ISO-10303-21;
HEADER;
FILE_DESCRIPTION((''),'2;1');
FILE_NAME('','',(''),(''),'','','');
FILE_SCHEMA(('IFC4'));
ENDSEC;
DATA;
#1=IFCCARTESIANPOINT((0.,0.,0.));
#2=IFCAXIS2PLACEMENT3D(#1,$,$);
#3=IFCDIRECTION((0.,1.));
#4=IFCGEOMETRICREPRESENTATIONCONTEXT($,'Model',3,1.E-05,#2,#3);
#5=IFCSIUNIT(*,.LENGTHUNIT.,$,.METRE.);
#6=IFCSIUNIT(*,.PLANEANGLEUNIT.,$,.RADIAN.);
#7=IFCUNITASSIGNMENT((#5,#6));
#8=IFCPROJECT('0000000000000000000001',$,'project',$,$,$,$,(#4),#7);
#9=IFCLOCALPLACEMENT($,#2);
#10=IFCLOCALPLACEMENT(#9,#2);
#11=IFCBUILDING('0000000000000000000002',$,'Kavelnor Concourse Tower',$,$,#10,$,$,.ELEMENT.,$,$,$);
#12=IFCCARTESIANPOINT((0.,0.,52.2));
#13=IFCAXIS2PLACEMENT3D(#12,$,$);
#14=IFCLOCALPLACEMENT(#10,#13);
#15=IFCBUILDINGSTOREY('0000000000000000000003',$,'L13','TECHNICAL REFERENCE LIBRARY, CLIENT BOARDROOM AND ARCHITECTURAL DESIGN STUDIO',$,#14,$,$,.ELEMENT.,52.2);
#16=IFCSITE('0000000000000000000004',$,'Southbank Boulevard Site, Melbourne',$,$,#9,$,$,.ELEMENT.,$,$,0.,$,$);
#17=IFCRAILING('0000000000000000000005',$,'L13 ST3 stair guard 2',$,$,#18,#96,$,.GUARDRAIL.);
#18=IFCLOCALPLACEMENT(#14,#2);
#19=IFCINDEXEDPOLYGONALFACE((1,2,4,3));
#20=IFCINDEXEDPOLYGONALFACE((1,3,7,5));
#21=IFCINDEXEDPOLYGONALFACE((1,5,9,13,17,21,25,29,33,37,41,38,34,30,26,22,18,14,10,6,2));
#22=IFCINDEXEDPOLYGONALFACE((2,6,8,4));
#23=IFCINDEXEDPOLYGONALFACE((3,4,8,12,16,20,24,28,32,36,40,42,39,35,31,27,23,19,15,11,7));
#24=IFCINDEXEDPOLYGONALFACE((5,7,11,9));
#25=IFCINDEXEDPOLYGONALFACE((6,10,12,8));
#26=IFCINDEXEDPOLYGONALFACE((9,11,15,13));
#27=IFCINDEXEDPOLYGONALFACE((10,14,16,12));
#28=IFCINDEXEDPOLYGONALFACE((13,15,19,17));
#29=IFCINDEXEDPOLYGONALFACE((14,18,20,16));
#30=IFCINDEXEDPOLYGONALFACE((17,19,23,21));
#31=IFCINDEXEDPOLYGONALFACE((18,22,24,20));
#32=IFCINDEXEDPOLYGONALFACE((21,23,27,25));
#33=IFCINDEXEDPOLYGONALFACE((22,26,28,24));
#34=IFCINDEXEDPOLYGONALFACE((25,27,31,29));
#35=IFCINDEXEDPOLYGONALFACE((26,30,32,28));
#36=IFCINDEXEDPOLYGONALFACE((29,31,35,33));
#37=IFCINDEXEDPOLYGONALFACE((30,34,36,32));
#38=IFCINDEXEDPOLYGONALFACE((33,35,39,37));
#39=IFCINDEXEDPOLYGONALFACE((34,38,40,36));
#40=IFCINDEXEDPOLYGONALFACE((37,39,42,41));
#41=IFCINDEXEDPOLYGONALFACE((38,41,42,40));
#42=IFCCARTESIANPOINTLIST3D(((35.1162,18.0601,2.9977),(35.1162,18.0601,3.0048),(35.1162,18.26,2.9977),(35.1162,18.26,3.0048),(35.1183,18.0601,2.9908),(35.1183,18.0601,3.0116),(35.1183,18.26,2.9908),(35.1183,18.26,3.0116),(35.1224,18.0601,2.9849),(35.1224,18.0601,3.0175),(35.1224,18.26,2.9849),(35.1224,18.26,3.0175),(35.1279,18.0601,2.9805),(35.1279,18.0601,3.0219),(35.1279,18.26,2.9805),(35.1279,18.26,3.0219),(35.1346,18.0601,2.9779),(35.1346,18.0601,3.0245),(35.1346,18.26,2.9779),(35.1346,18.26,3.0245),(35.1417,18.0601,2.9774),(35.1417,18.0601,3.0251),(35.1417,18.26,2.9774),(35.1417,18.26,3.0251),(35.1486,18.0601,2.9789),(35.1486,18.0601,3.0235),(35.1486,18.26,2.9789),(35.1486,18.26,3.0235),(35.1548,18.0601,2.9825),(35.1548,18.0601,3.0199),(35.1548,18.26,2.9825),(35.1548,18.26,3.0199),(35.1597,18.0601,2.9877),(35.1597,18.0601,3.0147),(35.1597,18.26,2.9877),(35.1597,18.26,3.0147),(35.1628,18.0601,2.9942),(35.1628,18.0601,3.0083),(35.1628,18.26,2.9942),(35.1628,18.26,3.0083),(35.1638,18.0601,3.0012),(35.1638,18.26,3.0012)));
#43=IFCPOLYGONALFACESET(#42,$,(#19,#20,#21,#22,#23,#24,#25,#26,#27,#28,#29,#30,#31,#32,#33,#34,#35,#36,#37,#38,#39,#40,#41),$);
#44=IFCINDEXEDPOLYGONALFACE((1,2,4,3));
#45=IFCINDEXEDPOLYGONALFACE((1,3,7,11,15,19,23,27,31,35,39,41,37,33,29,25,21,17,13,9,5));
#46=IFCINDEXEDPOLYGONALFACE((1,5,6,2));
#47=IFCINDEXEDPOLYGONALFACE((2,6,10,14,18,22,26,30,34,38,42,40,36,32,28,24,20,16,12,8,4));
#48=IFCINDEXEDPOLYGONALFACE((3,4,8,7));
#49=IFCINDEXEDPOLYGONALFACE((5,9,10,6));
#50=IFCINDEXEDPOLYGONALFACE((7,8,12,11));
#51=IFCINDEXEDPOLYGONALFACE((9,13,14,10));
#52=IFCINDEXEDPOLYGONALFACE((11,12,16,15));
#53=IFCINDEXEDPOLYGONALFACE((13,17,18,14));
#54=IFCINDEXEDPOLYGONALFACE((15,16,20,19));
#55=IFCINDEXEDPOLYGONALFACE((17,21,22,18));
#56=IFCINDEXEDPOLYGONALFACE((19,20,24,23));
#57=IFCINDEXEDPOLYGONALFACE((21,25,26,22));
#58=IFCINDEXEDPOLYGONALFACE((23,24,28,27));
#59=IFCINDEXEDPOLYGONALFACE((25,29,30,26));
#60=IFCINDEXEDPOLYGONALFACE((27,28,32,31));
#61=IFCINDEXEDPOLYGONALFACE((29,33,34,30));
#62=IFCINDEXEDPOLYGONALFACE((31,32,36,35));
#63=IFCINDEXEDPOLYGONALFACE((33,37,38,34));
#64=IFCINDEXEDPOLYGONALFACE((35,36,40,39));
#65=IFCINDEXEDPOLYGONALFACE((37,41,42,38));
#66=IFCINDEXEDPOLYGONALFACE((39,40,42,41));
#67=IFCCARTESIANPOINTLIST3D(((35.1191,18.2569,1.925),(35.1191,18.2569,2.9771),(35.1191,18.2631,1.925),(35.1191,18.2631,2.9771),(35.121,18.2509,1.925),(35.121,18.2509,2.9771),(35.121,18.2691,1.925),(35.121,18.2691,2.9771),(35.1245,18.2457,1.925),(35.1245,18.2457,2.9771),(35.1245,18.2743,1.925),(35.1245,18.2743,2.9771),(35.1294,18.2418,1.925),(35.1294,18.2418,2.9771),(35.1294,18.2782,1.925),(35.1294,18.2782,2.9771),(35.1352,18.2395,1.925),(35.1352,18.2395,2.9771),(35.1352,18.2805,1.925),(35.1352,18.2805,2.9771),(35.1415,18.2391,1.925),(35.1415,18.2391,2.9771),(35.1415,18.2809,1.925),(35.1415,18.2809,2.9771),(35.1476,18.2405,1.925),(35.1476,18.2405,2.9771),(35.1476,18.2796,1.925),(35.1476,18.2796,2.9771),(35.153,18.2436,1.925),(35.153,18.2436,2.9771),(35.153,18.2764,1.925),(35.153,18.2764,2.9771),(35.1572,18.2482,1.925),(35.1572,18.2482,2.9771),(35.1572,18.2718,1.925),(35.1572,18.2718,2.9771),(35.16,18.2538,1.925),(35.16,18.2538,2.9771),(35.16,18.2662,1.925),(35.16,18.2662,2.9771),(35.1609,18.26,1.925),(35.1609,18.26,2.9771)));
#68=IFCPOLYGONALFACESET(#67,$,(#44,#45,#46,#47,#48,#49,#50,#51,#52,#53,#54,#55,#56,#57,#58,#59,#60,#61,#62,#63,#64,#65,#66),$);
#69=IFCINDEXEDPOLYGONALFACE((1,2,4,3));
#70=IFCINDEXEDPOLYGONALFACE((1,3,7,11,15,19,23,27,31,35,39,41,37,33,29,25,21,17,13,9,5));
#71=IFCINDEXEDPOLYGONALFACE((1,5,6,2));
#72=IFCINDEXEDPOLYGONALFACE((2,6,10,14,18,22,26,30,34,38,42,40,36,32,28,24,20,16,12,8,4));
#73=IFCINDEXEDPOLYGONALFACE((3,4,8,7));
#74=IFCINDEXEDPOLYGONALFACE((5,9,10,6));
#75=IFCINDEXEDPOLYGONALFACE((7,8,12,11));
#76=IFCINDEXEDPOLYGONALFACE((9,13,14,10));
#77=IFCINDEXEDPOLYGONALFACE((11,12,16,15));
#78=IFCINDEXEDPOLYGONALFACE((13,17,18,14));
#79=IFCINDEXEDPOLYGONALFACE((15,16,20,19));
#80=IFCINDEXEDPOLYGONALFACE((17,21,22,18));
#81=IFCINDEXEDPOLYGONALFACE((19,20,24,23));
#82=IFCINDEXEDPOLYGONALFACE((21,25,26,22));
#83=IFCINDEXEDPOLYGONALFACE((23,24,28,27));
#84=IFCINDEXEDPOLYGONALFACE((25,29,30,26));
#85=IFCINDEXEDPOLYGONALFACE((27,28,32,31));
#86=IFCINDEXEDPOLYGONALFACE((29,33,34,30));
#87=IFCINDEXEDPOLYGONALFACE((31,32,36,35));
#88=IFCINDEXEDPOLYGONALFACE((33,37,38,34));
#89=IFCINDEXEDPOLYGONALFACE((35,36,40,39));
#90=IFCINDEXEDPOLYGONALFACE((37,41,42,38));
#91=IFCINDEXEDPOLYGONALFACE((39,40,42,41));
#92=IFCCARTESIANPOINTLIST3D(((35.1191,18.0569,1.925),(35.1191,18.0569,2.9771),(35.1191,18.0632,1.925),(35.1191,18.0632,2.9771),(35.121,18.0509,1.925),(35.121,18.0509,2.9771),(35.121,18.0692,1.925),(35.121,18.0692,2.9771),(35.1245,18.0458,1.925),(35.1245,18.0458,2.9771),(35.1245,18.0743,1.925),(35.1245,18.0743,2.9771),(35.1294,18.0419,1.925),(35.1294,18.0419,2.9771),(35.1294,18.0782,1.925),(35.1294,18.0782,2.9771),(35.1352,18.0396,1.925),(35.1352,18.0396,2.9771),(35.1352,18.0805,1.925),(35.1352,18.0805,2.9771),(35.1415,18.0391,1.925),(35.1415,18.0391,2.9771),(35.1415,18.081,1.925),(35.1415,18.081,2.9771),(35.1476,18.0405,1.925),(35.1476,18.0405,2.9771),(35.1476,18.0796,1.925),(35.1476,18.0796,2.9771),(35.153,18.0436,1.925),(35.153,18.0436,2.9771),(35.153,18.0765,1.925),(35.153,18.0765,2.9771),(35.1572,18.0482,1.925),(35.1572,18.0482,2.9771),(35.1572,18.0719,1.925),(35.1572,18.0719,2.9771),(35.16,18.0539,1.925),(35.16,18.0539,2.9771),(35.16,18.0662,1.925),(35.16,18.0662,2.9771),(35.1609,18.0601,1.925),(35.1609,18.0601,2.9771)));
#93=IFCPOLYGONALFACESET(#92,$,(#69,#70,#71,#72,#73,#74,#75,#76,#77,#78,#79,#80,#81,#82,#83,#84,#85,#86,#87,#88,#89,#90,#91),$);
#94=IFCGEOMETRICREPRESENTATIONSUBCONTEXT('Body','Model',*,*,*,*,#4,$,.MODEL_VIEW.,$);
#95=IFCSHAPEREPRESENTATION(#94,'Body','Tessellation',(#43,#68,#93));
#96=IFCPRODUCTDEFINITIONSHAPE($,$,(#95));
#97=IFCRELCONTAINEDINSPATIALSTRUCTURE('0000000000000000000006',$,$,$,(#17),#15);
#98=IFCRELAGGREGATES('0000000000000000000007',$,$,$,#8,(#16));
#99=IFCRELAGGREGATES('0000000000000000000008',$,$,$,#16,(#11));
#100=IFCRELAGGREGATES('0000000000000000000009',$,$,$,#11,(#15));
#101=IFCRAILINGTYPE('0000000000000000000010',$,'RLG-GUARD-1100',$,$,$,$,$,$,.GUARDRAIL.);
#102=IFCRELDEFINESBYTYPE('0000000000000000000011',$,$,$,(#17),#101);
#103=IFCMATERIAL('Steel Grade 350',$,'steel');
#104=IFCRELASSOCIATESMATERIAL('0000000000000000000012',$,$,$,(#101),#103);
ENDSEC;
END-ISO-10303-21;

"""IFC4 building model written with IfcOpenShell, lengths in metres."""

from ifc_helpers import new_model, si_unit, direction, frame, origin, origin_2d, place, context, subcontext, project, spatial, circle, extrude, material, type_object, element, save


model = new_model("IFC4")

# Units and contexts
model_context = context("Model", 3, precision=1e-05, world=origin(), true_north=direction((0.0, 1.0)))
body_context = subcontext(model_context, "Body", "Model", "MODEL_VIEW")
ifc_project = project(units=[si_unit("LENGTHUNIT", "METRE"), si_unit("PLANEANGLEUNIT", "RADIAN")], contexts=[model_context])

# Site, building, storey
site_placement = place(None, origin())
site = spatial("IfcSite", under=ifc_project, at=site_placement, Name="Southbank Boulevard Site, Melbourne", CompositionType="ELEMENT", RefElevation=0.0)
building_placement = place(site_placement, origin())
building = spatial("IfcBuilding", under=site, at=building_placement, Name="Kavelnor Concourse Tower", CompositionType="ELEMENT")
storey_placement = place(building_placement, frame((0.0, 0.0, 52.2)))
storey = spatial("IfcBuildingStorey", under=building, at=storey_placement, Name="L13", Description="TECHNICAL REFERENCE LIBRARY, CLIENT BOARDROOM AND ARCHITECTURAL DESIGN STUDIO", CompositionType="ELEMENT", Elevation=52.2)

# Shared definitions
ifc_material_1 = material(Name="Steel Grade 350", Category="steel")

# Railing
railing_type_1 = type_object("IfcRailingType", Name="RLG-GUARD-1100", PredefinedType="GUARDRAIL", material=ifc_material_1)
railing_1_placement = place(storey_placement, frame((35.1399, 18.26, 1.925)))
element("IfcRailing", 1, at=railing_1_placement, inside=storey, type_object=railing_type_1, Name="L13 ST3 stair guard 2", PredefinedType="GUARDRAIL", context=body_context, shape_type="SweptSolid", body=[
    extrude(circle(Radius=0.0239, at=origin_2d()), frame((0.0, 0.0, 1.0762), z_axis=(0.0, -1.0, 0.0), x_axis=(1.0, 0.0, 0.0)), (0.0, 0.0, 1.0), 0.2),
    extrude(circle(Radius=0.021, at=origin_2d()), origin(), (0.0, 0.0, 1.0), 1.052),
    extrude(circle(Radius=0.021, at=origin_2d()), frame((0.0, -0.2, 0.0)), (0.0, 0.0, 1.0), 1.052),
])

save(model, "model.ifc")
